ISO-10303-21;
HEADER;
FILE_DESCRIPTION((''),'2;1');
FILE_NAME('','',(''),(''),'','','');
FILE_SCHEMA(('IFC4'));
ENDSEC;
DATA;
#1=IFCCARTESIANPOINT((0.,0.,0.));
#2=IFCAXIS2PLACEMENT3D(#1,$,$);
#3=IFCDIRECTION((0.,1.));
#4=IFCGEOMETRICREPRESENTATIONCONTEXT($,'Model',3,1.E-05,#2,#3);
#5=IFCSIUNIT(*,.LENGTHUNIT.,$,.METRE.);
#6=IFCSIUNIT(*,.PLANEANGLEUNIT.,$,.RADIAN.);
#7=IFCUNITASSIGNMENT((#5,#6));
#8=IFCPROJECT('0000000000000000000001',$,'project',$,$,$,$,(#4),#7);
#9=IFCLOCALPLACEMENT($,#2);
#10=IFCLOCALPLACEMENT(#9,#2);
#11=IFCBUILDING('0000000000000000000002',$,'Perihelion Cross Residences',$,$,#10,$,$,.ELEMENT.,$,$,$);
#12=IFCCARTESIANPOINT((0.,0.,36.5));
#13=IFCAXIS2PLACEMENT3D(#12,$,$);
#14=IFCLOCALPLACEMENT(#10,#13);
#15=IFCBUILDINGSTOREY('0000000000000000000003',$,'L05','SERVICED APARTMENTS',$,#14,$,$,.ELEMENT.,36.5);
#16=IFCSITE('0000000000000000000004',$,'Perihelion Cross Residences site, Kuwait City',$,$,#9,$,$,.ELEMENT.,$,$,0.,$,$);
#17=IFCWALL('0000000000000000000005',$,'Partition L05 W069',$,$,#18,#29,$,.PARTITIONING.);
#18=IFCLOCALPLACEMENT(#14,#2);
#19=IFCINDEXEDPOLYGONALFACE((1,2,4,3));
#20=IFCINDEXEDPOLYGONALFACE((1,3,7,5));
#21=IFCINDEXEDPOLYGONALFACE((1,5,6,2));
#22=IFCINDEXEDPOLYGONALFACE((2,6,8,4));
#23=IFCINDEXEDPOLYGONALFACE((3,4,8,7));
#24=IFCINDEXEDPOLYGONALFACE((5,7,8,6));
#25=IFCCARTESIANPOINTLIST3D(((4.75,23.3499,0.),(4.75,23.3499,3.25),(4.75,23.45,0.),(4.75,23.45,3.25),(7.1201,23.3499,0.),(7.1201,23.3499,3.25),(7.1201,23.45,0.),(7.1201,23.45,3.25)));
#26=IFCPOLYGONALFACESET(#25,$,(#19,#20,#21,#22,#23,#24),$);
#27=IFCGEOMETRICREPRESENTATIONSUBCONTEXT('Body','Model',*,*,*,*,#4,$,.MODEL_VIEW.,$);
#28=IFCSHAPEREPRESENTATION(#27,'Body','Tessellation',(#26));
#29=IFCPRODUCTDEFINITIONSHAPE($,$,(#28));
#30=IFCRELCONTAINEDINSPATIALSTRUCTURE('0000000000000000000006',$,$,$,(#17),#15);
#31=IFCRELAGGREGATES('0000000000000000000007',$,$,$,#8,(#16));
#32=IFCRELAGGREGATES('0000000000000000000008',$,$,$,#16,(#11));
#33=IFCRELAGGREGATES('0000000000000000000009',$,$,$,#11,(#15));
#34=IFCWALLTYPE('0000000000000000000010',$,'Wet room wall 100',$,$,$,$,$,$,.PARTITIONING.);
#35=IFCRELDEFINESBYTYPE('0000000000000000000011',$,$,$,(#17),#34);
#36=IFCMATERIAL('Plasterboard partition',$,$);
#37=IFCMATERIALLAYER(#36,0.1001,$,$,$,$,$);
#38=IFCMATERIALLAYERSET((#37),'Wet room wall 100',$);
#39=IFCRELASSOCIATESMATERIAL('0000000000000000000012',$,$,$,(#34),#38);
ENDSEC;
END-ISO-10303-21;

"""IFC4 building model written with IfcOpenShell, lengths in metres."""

from ifc_helpers import new_model, si_unit, direction, frame, frame_2d, origin, place, context, subcontext, project, spatial, rectangle, extrude, material, layer, layer_set, type_object, element, save


model = new_model("IFC4")

# Units and contexts
model_context = context("Model", 3, precision=1e-05, world=origin(), true_north=direction((0.0, 1.0)))
body_context = subcontext(model_context, "Body", "Model", "MODEL_VIEW")
ifc_project = project(units=[si_unit("LENGTHUNIT", "METRE"), si_unit("PLANEANGLEUNIT", "RADIAN")], contexts=[model_context])

# Site, building, storey
site_placement = place(None, origin())
site = spatial("IfcSite", under=ifc_project, at=site_placement, Name="Perihelion Cross Residences site, Kuwait City", CompositionType="ELEMENT", RefElevation=0.0)
building_placement = place(site_placement, origin())
building = spatial("IfcBuilding", under=site, at=building_placement, Name="Perihelion Cross Residences", CompositionType="ELEMENT")
storey_placement = place(building_placement, frame((0.0, 0.0, 36.5)))
storey = spatial("IfcBuildingStorey", under=building, at=storey_placement, Name="L05", Description="SERVICED APARTMENTS", CompositionType="ELEMENT", Elevation=36.5)

# Wall
ifc_material_1 = material(Name="Plasterboard partition")
ifc_layer_1 = layer(ifc_material_1, 0.1001)
ifc_layer_set_1 = layer_set([ifc_layer_1], Name="Wet room wall 100")
wall_type_1 = type_object("IfcWallType", Name="Wet room wall 100", PredefinedType="PARTITIONING", material=ifc_layer_set_1)
wall_1_placement = place(storey_placement, frame((4.75, 23.3999, 0.0), z_axis=(0.0, 0.0, 1.0), x_axis=(1.0, 0.0, 0.0)))
element("IfcWall", 1, at=wall_1_placement, inside=storey, type_object=wall_type_1, Name="Partition L05 W069", PredefinedType="PARTITIONING", context=body_context, shape_type="SweptSolid", body=[
    extrude(rectangle(XDim=2.3701, YDim=0.1001, at=frame_2d((1.1851, 0.0))), origin(), (0.0, 0.0, 1.0), 3.25),
])

save(model, "model.ifc")
